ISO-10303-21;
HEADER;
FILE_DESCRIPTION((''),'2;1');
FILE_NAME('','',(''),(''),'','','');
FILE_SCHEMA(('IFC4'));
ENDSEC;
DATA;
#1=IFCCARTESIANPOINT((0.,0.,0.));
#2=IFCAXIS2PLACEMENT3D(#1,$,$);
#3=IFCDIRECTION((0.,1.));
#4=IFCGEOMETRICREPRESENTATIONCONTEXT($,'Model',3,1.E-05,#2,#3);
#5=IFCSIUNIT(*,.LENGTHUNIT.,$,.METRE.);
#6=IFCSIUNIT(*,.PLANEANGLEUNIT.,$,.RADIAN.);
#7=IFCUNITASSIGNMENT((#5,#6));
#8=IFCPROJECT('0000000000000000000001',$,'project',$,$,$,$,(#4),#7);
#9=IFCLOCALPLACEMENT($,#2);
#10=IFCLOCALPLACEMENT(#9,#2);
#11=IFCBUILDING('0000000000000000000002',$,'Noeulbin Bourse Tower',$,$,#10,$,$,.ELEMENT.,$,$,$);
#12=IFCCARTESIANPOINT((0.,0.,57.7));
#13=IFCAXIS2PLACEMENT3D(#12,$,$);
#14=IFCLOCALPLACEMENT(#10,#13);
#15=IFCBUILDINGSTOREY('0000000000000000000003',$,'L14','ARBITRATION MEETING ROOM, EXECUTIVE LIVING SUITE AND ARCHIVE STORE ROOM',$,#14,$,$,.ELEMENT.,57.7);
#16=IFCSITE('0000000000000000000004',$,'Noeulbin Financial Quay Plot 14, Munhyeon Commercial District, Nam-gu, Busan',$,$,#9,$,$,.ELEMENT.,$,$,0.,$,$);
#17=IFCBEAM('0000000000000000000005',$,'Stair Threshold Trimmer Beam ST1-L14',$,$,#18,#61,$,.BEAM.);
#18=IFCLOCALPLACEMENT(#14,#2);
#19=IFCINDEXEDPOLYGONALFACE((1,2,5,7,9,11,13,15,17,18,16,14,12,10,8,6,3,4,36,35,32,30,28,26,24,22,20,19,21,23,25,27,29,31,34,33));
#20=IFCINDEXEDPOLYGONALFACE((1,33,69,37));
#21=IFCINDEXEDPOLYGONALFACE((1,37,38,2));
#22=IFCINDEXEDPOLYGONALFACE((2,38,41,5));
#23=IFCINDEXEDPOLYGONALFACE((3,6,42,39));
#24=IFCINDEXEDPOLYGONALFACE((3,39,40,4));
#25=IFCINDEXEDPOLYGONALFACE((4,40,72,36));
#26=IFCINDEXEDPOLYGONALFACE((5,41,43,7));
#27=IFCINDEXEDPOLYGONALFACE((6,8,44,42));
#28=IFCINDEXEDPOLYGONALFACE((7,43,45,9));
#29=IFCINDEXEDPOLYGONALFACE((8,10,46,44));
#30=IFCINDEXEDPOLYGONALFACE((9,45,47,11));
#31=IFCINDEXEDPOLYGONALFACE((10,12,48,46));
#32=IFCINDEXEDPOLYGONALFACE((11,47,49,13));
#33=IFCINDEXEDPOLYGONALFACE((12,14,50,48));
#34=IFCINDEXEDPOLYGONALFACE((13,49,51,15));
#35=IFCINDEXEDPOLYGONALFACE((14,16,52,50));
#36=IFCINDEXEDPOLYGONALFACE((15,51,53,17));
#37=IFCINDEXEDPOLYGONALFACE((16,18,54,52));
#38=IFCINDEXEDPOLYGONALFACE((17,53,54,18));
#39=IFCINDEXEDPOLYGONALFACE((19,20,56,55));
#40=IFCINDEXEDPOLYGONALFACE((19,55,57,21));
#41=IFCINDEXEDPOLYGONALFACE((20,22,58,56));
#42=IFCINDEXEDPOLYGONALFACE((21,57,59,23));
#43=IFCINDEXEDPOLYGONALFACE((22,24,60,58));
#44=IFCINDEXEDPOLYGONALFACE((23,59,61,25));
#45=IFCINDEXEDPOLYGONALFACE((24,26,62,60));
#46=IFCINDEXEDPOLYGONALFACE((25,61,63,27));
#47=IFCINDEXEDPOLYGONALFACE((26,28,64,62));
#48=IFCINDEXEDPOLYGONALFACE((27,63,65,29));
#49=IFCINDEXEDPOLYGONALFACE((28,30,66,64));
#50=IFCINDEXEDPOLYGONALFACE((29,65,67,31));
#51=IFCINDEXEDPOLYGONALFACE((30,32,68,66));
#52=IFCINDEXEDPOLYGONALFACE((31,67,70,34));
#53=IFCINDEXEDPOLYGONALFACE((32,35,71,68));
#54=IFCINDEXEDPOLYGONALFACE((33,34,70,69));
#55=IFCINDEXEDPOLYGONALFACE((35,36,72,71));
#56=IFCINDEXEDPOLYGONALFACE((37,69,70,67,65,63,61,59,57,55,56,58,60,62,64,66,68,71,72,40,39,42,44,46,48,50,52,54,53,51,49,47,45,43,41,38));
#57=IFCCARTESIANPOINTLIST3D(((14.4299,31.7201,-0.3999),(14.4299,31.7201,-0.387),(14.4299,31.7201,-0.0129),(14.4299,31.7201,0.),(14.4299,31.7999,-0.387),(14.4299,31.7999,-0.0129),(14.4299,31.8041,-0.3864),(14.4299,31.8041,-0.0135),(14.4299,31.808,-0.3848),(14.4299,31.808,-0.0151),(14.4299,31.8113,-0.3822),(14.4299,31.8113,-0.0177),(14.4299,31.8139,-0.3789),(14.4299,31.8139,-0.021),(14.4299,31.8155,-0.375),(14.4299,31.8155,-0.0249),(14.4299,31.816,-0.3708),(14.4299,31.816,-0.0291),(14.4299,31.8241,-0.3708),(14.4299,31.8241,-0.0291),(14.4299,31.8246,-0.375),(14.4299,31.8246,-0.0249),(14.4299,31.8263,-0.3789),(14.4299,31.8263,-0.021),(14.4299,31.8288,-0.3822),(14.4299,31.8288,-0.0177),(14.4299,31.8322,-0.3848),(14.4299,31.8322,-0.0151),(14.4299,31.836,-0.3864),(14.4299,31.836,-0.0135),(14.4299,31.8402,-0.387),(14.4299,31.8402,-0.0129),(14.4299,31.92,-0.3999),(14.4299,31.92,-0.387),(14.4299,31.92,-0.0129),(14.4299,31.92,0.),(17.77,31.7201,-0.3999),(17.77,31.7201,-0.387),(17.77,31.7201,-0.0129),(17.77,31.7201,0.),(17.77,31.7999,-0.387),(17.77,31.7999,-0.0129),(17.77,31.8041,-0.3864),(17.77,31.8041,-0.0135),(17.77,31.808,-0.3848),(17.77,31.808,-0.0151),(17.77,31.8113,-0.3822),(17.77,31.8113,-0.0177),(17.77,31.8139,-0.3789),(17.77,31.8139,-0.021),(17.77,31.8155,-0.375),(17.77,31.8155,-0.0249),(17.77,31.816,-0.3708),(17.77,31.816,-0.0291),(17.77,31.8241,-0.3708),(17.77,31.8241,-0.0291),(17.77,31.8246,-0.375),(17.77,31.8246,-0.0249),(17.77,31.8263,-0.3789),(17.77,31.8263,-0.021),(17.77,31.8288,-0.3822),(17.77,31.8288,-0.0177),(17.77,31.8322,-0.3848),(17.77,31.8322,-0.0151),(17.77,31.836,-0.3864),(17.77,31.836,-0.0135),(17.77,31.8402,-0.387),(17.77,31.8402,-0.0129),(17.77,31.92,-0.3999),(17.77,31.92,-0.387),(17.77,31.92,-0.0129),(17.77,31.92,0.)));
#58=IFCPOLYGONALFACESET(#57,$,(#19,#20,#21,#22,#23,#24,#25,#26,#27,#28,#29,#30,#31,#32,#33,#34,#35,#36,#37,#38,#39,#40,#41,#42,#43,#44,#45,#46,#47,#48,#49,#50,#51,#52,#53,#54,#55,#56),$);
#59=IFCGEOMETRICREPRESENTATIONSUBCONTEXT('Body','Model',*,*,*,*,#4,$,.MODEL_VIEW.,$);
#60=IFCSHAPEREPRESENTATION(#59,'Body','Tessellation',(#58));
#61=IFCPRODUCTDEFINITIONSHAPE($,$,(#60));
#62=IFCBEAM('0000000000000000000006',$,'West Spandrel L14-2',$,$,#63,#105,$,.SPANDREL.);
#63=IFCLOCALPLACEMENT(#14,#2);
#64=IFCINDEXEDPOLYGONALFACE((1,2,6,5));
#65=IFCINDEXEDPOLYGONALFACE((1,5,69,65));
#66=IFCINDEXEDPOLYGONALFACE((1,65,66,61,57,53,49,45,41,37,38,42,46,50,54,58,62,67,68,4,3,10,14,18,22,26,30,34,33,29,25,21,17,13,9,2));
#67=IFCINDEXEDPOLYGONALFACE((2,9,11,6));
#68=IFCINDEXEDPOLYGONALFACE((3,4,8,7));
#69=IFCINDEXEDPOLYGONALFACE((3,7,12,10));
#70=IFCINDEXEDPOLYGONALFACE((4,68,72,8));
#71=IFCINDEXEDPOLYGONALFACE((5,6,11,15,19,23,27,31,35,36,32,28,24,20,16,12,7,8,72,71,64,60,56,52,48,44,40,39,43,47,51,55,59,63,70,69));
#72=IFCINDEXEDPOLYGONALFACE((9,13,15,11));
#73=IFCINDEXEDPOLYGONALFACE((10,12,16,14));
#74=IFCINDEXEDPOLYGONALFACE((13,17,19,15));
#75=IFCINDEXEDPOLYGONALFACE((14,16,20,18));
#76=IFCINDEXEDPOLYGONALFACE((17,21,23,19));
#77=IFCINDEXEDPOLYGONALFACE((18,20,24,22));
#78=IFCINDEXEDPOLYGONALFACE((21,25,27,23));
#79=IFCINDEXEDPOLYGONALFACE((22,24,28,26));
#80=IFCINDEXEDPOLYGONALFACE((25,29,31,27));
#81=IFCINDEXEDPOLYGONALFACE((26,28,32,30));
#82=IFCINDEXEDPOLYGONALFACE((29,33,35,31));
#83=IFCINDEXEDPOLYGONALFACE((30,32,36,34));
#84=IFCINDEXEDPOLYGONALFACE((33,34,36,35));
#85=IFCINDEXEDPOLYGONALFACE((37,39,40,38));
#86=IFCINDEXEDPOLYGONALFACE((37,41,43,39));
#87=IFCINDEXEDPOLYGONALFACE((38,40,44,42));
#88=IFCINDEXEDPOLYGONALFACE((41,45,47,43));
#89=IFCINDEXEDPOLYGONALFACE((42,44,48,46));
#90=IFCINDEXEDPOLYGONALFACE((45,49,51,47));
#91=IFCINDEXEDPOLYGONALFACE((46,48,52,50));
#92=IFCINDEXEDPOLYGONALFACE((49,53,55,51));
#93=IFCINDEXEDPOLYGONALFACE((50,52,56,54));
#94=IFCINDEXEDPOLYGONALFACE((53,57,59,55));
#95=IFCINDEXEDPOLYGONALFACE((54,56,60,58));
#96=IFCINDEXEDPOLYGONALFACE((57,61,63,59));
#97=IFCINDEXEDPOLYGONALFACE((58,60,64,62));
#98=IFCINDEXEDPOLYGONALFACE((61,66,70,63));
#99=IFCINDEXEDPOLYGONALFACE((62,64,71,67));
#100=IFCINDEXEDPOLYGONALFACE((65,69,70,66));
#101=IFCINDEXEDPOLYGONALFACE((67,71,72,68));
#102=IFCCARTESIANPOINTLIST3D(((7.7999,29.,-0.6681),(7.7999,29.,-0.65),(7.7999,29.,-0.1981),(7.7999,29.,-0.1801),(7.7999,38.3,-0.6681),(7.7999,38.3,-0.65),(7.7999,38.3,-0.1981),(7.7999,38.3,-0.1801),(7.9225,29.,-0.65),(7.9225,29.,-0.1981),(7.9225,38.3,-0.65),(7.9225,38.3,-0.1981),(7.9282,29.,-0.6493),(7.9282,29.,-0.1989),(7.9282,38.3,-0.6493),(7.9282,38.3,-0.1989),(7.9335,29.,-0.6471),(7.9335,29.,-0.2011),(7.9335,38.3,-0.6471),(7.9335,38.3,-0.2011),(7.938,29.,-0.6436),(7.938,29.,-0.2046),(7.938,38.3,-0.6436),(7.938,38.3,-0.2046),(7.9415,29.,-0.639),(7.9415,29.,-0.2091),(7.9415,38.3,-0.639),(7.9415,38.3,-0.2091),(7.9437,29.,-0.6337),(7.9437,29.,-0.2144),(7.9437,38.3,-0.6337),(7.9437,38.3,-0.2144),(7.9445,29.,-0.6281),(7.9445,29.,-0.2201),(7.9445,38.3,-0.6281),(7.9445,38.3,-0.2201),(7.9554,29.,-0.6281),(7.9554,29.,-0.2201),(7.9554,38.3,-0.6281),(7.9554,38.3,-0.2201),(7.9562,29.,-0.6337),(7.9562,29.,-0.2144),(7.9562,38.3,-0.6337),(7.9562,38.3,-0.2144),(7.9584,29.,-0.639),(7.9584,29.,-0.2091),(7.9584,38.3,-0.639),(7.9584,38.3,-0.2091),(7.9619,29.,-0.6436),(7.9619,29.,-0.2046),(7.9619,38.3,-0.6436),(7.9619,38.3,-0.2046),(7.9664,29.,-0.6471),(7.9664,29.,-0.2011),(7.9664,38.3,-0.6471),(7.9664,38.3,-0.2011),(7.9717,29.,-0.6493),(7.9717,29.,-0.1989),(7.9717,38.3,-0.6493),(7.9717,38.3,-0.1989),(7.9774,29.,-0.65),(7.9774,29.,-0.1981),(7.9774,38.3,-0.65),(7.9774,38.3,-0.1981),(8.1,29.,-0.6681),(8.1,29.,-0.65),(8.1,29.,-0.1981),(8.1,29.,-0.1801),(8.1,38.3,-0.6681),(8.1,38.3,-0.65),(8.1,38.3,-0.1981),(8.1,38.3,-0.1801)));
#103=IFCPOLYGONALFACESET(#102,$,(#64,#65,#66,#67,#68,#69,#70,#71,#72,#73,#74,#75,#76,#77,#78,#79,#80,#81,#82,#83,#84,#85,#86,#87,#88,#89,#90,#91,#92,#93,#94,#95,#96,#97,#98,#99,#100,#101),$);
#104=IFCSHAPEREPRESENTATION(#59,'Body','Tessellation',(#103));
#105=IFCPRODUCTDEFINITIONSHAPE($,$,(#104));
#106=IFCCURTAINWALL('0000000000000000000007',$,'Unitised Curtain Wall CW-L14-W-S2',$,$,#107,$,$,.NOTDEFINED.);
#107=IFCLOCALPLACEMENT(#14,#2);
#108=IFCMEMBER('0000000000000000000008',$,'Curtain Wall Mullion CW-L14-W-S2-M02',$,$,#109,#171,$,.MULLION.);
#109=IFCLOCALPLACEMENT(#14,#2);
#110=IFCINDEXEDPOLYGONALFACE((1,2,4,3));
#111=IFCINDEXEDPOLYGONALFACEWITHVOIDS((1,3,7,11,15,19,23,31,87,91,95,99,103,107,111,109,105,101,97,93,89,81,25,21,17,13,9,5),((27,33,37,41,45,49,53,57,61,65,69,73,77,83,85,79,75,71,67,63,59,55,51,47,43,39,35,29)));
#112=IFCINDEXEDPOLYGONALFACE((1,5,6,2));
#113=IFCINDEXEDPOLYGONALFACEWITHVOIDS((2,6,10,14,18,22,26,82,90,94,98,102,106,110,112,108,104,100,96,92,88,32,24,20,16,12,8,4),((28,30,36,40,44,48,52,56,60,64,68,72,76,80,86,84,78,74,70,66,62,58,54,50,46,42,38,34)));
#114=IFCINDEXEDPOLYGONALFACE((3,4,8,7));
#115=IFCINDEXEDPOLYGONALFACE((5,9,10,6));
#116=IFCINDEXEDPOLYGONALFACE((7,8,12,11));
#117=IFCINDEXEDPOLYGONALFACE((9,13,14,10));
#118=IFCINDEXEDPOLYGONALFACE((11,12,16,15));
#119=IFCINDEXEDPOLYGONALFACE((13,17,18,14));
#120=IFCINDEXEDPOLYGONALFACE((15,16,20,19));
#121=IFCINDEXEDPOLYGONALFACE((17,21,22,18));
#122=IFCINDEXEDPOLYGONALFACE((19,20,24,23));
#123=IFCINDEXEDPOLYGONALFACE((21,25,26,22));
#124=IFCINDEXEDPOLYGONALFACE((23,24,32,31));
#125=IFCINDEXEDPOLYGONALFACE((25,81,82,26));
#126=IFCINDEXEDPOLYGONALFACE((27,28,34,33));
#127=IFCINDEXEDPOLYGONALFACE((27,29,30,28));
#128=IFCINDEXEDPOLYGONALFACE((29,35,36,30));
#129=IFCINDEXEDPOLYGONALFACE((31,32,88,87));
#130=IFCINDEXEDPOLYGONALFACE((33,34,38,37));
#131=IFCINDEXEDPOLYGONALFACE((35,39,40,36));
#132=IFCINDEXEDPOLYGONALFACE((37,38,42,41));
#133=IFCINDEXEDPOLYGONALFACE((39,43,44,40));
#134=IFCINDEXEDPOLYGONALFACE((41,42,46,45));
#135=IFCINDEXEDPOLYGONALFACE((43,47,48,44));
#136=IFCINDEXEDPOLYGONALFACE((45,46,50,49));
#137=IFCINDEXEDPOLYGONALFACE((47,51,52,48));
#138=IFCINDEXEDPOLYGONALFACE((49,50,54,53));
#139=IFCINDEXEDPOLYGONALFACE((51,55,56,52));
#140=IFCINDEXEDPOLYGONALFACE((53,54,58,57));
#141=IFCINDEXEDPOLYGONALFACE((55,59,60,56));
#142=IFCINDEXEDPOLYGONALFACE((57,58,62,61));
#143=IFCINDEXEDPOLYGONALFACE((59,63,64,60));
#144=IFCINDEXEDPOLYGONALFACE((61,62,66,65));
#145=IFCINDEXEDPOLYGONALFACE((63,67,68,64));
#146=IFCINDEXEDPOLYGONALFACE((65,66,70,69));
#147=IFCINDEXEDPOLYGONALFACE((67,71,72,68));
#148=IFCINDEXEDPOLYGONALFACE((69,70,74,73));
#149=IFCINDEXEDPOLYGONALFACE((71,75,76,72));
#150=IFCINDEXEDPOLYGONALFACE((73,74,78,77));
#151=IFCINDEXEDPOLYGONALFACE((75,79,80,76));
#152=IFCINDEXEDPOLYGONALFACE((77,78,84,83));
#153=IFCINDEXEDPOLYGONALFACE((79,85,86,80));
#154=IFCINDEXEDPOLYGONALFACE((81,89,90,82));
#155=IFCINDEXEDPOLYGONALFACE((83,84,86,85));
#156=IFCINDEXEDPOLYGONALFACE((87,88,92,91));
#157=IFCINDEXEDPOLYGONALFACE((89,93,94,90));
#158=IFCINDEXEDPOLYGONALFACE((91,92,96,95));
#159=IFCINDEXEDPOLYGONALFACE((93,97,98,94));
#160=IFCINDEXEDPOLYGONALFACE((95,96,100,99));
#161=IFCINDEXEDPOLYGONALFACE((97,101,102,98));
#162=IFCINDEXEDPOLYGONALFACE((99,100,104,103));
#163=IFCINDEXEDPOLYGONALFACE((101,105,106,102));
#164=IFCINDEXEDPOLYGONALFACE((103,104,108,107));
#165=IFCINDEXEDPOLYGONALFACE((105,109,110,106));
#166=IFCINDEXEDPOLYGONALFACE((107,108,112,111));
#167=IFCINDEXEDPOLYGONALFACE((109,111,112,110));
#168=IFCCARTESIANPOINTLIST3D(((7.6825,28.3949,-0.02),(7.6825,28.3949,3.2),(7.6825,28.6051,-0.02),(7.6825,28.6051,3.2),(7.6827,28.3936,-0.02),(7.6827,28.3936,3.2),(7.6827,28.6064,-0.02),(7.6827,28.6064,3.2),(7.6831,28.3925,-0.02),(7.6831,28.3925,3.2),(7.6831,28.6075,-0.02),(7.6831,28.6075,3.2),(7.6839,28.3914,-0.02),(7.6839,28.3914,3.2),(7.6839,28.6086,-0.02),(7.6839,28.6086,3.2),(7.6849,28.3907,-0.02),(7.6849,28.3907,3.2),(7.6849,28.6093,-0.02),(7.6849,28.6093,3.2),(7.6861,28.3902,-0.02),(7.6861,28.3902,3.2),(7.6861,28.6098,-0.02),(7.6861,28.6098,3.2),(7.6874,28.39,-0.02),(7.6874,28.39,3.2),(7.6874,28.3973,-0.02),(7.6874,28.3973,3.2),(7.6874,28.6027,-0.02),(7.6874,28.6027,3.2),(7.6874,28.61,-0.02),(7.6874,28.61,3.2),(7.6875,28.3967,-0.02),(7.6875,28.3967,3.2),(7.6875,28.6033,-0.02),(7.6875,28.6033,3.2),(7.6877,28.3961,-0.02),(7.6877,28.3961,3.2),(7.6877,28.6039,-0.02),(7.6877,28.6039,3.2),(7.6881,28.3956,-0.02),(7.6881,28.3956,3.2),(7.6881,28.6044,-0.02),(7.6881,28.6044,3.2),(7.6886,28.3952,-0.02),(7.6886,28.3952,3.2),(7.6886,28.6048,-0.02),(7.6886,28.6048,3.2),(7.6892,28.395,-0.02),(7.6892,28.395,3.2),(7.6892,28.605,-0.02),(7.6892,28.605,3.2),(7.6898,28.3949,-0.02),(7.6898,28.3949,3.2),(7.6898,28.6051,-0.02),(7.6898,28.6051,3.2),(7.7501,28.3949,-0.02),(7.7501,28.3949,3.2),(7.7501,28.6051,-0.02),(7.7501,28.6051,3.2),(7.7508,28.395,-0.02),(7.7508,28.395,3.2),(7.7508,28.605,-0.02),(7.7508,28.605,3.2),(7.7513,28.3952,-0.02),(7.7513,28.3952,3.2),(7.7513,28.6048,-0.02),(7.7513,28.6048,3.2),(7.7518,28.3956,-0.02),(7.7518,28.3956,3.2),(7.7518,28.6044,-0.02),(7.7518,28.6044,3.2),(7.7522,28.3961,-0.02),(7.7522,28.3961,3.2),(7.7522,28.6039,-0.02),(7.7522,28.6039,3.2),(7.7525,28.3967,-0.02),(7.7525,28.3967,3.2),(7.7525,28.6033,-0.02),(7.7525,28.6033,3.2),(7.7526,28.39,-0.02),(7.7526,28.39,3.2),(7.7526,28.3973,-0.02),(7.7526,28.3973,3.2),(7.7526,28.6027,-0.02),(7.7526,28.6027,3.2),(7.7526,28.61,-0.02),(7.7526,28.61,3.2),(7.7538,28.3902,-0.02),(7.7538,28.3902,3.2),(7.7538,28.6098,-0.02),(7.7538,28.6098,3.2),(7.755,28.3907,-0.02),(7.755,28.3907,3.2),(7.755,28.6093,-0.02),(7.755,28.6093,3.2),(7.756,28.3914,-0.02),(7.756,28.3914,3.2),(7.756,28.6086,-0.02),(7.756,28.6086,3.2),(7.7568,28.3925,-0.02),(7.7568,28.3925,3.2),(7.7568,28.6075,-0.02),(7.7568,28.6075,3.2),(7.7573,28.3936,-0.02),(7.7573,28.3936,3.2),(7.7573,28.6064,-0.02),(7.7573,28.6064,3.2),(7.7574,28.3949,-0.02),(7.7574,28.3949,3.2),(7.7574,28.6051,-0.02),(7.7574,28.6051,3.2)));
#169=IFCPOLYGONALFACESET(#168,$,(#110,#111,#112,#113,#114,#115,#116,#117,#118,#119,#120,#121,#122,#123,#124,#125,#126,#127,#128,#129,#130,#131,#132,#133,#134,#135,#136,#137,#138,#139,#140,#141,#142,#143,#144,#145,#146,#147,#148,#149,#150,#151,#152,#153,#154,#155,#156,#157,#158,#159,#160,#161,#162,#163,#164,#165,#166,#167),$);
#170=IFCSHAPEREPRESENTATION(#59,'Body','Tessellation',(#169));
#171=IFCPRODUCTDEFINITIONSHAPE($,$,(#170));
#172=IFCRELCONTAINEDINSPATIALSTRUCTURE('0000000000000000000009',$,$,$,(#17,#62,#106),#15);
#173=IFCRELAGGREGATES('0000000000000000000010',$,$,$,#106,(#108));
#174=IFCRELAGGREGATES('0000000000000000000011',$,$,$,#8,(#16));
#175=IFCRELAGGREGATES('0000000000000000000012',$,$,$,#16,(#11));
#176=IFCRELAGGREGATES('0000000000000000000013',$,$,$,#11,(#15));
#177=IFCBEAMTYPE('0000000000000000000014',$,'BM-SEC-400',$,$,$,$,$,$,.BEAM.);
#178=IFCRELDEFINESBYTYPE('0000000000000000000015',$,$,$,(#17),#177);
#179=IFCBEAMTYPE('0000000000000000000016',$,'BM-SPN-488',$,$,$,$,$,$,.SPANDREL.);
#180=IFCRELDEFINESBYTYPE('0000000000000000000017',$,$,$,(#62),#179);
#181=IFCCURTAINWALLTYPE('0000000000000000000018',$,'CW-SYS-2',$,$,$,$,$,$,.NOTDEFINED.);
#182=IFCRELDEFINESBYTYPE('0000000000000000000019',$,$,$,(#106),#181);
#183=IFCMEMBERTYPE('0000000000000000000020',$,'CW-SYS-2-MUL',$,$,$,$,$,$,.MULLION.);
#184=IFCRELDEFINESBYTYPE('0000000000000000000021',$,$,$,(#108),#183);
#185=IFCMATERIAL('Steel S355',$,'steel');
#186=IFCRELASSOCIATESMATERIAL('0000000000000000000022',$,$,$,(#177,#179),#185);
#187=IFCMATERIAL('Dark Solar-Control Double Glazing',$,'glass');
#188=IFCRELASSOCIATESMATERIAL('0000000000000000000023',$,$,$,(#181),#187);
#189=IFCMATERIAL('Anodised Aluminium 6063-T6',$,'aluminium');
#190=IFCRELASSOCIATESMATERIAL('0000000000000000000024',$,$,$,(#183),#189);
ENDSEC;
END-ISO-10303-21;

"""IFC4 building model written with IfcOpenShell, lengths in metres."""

from ifc_helpers import new_model, si_unit, direction, frame, origin, origin_2d, place, context, subcontext, project, spatial, hollow_rectangle, i_section, extrude, material, material_profile, profile_set, type_object, element, aggregate, save


model = new_model("IFC4")

# Units and contexts
model_context = context("Model", 3, precision=1e-05, world=origin(), true_north=direction((0.0, 1.0)))
body_context = subcontext(model_context, "Body", "Model", "MODEL_VIEW")
ifc_project = project(units=[si_unit("LENGTHUNIT", "METRE"), si_unit("PLANEANGLEUNIT", "RADIAN")], contexts=[model_context])

# Site, building, storey
site_placement = place(None, origin())
site = spatial("IfcSite", under=ifc_project, at=site_placement, Name="Noeulbin Financial Quay Plot 14, Munhyeon Commercial District, Nam-gu, Busan", CompositionType="ELEMENT", RefElevation=0.0)
building_placement = place(site_placement, origin())
building = spatial("IfcBuilding", under=site, at=building_placement, Name="Noeulbin Bourse Tower", CompositionType="ELEMENT")
storey_placement = place(building_placement, frame((0.0, 0.0, 57.7)))
storey = spatial("IfcBuildingStorey", under=building, at=storey_placement, Name="L14", Description="ARBITRATION MEETING ROOM, EXECUTIVE LIVING SUITE AND ARCHIVE STORE ROOM", CompositionType="ELEMENT", Elevation=57.7)

# Beams
ifc_material_1 = material(Name="Steel S355", Category="steel")
ifc_material_profile_1 = material_profile(ifc_material_1, i_section(OverallWidth=0.2, OverallDepth=0.3999, WebThickness=0.0081, FlangeThickness=0.0129, FilletRadius=0.0161, at=origin_2d()), Name="H-400x200x8x13", Category="LoadBearing")
ifc_profile_set_1 = profile_set([ifc_material_profile_1], Name="Steel S355")
beam_type_1 = type_object("IfcBeamType", Name="BM-SEC-400", PredefinedType="BEAM", material=ifc_profile_set_1)
beam_1_placement = place(storey_placement, frame((14.4299, 31.8201, -0.2), z_axis=(1.0, 0.0, 0.0), x_axis=(0.0, 1.0, 0.0)))
element("IfcBeam", 1, at=beam_1_placement, inside=storey, type_object=beam_type_1, Name="Stair Threshold Trimmer Beam ST1-L14", PredefinedType="BEAM", context=body_context, shape_type="SweptSolid", body=[
    extrude(i_section(OverallWidth=0.2, OverallDepth=0.3999, WebThickness=0.0081, FlangeThickness=0.0129, FilletRadius=0.0161, at=origin_2d()), origin(), (0.0, 0.0, 1.0), 3.3401),
])
ifc_material_profile_2 = material_profile(ifc_material_1, i_section(OverallWidth=0.3, OverallDepth=0.488, WebThickness=0.011, FlangeThickness=0.0181, FilletRadius=0.022, at=origin_2d()), Name="H-488x300x11x18", Category="LoadBearing")
ifc_profile_set_2 = profile_set([ifc_material_profile_2], Name="Steel S355")
beam_type_2 = type_object("IfcBeamType", Name="BM-SPN-488", PredefinedType="SPANDREL", material=ifc_profile_set_2)
beam_2_placement = place(storey_placement, frame((7.95, 29.0, -0.4241), z_axis=(0.0, 1.0, 0.0), x_axis=(-1.0, 0.0, 0.0)))
element("IfcBeam", 2, at=beam_2_placement, inside=storey, type_object=beam_type_2, Name="West Spandrel L14-2", PredefinedType="SPANDREL", context=body_context, shape_type="SweptSolid", body=[
    extrude(i_section(OverallWidth=0.3, OverallDepth=0.488, WebThickness=0.011, FlangeThickness=0.0181, FilletRadius=0.022, at=origin_2d()), origin(), (0.0, 0.0, 1.0), 9.3),
])

# Curtain wall, member
ifc_material_2 = material(Name="Dark Solar-Control Double Glazing", Category="glass")
curtain_wall_type = type_object("IfcCurtainWallType", Name="CW-SYS-2", PredefinedType="NOTDEFINED", material=ifc_material_2)
curtain_wall_1_placement = place(storey_placement, origin())
curtain_wall_1 = element("IfcCurtainWall", 3, at=curtain_wall_1_placement, inside=storey, type_object=curtain_wall_type, Name="Unitised Curtain Wall CW-L14-W-S2", PredefinedType="NOTDEFINED")
ifc_material_3 = material(Name="Anodised Aluminium 6063-T6", Category="aluminium")
ifc_material_profile_3 = material_profile(ifc_material_3, hollow_rectangle(XDim=0.075, YDim=0.22, WallThickness=0.0049, InnerFilletRadius=0.0024, OuterFilletRadius=0.0049, at=origin_2d()), Name="ALU-MULL-75x220x5", Category="LoadBearing")
ifc_profile_set_3 = profile_set([ifc_material_profile_3], Name="Anodised Aluminium 6063-T6")
member_type_1 = type_object("IfcMemberType", Name="CW-SYS-2-MUL", PredefinedType="MULLION", material=ifc_profile_set_3)
member_1_placement = place(storey_placement, frame((7.72, 28.5, -0.02), z_axis=(0.0, 0.0, 1.0), x_axis=(1.0, 0.0, 0.0)))
member_1 = element("IfcMember", 4, at=member_1_placement, type_object=member_type_1, Name="Curtain Wall Mullion CW-L14-W-S2-M02", PredefinedType="MULLION", context=body_context, shape_type="SweptSolid", body=[
    extrude(hollow_rectangle(XDim=0.075, YDim=0.22, WallThickness=0.0049, InnerFilletRadius=0.0024, OuterFilletRadius=0.0049, at=origin_2d()), origin(), (0.0, 0.0, 1.0), 3.22),
])
aggregate(curtain_wall_1, [member_1])

save(model, "model.ifc")
